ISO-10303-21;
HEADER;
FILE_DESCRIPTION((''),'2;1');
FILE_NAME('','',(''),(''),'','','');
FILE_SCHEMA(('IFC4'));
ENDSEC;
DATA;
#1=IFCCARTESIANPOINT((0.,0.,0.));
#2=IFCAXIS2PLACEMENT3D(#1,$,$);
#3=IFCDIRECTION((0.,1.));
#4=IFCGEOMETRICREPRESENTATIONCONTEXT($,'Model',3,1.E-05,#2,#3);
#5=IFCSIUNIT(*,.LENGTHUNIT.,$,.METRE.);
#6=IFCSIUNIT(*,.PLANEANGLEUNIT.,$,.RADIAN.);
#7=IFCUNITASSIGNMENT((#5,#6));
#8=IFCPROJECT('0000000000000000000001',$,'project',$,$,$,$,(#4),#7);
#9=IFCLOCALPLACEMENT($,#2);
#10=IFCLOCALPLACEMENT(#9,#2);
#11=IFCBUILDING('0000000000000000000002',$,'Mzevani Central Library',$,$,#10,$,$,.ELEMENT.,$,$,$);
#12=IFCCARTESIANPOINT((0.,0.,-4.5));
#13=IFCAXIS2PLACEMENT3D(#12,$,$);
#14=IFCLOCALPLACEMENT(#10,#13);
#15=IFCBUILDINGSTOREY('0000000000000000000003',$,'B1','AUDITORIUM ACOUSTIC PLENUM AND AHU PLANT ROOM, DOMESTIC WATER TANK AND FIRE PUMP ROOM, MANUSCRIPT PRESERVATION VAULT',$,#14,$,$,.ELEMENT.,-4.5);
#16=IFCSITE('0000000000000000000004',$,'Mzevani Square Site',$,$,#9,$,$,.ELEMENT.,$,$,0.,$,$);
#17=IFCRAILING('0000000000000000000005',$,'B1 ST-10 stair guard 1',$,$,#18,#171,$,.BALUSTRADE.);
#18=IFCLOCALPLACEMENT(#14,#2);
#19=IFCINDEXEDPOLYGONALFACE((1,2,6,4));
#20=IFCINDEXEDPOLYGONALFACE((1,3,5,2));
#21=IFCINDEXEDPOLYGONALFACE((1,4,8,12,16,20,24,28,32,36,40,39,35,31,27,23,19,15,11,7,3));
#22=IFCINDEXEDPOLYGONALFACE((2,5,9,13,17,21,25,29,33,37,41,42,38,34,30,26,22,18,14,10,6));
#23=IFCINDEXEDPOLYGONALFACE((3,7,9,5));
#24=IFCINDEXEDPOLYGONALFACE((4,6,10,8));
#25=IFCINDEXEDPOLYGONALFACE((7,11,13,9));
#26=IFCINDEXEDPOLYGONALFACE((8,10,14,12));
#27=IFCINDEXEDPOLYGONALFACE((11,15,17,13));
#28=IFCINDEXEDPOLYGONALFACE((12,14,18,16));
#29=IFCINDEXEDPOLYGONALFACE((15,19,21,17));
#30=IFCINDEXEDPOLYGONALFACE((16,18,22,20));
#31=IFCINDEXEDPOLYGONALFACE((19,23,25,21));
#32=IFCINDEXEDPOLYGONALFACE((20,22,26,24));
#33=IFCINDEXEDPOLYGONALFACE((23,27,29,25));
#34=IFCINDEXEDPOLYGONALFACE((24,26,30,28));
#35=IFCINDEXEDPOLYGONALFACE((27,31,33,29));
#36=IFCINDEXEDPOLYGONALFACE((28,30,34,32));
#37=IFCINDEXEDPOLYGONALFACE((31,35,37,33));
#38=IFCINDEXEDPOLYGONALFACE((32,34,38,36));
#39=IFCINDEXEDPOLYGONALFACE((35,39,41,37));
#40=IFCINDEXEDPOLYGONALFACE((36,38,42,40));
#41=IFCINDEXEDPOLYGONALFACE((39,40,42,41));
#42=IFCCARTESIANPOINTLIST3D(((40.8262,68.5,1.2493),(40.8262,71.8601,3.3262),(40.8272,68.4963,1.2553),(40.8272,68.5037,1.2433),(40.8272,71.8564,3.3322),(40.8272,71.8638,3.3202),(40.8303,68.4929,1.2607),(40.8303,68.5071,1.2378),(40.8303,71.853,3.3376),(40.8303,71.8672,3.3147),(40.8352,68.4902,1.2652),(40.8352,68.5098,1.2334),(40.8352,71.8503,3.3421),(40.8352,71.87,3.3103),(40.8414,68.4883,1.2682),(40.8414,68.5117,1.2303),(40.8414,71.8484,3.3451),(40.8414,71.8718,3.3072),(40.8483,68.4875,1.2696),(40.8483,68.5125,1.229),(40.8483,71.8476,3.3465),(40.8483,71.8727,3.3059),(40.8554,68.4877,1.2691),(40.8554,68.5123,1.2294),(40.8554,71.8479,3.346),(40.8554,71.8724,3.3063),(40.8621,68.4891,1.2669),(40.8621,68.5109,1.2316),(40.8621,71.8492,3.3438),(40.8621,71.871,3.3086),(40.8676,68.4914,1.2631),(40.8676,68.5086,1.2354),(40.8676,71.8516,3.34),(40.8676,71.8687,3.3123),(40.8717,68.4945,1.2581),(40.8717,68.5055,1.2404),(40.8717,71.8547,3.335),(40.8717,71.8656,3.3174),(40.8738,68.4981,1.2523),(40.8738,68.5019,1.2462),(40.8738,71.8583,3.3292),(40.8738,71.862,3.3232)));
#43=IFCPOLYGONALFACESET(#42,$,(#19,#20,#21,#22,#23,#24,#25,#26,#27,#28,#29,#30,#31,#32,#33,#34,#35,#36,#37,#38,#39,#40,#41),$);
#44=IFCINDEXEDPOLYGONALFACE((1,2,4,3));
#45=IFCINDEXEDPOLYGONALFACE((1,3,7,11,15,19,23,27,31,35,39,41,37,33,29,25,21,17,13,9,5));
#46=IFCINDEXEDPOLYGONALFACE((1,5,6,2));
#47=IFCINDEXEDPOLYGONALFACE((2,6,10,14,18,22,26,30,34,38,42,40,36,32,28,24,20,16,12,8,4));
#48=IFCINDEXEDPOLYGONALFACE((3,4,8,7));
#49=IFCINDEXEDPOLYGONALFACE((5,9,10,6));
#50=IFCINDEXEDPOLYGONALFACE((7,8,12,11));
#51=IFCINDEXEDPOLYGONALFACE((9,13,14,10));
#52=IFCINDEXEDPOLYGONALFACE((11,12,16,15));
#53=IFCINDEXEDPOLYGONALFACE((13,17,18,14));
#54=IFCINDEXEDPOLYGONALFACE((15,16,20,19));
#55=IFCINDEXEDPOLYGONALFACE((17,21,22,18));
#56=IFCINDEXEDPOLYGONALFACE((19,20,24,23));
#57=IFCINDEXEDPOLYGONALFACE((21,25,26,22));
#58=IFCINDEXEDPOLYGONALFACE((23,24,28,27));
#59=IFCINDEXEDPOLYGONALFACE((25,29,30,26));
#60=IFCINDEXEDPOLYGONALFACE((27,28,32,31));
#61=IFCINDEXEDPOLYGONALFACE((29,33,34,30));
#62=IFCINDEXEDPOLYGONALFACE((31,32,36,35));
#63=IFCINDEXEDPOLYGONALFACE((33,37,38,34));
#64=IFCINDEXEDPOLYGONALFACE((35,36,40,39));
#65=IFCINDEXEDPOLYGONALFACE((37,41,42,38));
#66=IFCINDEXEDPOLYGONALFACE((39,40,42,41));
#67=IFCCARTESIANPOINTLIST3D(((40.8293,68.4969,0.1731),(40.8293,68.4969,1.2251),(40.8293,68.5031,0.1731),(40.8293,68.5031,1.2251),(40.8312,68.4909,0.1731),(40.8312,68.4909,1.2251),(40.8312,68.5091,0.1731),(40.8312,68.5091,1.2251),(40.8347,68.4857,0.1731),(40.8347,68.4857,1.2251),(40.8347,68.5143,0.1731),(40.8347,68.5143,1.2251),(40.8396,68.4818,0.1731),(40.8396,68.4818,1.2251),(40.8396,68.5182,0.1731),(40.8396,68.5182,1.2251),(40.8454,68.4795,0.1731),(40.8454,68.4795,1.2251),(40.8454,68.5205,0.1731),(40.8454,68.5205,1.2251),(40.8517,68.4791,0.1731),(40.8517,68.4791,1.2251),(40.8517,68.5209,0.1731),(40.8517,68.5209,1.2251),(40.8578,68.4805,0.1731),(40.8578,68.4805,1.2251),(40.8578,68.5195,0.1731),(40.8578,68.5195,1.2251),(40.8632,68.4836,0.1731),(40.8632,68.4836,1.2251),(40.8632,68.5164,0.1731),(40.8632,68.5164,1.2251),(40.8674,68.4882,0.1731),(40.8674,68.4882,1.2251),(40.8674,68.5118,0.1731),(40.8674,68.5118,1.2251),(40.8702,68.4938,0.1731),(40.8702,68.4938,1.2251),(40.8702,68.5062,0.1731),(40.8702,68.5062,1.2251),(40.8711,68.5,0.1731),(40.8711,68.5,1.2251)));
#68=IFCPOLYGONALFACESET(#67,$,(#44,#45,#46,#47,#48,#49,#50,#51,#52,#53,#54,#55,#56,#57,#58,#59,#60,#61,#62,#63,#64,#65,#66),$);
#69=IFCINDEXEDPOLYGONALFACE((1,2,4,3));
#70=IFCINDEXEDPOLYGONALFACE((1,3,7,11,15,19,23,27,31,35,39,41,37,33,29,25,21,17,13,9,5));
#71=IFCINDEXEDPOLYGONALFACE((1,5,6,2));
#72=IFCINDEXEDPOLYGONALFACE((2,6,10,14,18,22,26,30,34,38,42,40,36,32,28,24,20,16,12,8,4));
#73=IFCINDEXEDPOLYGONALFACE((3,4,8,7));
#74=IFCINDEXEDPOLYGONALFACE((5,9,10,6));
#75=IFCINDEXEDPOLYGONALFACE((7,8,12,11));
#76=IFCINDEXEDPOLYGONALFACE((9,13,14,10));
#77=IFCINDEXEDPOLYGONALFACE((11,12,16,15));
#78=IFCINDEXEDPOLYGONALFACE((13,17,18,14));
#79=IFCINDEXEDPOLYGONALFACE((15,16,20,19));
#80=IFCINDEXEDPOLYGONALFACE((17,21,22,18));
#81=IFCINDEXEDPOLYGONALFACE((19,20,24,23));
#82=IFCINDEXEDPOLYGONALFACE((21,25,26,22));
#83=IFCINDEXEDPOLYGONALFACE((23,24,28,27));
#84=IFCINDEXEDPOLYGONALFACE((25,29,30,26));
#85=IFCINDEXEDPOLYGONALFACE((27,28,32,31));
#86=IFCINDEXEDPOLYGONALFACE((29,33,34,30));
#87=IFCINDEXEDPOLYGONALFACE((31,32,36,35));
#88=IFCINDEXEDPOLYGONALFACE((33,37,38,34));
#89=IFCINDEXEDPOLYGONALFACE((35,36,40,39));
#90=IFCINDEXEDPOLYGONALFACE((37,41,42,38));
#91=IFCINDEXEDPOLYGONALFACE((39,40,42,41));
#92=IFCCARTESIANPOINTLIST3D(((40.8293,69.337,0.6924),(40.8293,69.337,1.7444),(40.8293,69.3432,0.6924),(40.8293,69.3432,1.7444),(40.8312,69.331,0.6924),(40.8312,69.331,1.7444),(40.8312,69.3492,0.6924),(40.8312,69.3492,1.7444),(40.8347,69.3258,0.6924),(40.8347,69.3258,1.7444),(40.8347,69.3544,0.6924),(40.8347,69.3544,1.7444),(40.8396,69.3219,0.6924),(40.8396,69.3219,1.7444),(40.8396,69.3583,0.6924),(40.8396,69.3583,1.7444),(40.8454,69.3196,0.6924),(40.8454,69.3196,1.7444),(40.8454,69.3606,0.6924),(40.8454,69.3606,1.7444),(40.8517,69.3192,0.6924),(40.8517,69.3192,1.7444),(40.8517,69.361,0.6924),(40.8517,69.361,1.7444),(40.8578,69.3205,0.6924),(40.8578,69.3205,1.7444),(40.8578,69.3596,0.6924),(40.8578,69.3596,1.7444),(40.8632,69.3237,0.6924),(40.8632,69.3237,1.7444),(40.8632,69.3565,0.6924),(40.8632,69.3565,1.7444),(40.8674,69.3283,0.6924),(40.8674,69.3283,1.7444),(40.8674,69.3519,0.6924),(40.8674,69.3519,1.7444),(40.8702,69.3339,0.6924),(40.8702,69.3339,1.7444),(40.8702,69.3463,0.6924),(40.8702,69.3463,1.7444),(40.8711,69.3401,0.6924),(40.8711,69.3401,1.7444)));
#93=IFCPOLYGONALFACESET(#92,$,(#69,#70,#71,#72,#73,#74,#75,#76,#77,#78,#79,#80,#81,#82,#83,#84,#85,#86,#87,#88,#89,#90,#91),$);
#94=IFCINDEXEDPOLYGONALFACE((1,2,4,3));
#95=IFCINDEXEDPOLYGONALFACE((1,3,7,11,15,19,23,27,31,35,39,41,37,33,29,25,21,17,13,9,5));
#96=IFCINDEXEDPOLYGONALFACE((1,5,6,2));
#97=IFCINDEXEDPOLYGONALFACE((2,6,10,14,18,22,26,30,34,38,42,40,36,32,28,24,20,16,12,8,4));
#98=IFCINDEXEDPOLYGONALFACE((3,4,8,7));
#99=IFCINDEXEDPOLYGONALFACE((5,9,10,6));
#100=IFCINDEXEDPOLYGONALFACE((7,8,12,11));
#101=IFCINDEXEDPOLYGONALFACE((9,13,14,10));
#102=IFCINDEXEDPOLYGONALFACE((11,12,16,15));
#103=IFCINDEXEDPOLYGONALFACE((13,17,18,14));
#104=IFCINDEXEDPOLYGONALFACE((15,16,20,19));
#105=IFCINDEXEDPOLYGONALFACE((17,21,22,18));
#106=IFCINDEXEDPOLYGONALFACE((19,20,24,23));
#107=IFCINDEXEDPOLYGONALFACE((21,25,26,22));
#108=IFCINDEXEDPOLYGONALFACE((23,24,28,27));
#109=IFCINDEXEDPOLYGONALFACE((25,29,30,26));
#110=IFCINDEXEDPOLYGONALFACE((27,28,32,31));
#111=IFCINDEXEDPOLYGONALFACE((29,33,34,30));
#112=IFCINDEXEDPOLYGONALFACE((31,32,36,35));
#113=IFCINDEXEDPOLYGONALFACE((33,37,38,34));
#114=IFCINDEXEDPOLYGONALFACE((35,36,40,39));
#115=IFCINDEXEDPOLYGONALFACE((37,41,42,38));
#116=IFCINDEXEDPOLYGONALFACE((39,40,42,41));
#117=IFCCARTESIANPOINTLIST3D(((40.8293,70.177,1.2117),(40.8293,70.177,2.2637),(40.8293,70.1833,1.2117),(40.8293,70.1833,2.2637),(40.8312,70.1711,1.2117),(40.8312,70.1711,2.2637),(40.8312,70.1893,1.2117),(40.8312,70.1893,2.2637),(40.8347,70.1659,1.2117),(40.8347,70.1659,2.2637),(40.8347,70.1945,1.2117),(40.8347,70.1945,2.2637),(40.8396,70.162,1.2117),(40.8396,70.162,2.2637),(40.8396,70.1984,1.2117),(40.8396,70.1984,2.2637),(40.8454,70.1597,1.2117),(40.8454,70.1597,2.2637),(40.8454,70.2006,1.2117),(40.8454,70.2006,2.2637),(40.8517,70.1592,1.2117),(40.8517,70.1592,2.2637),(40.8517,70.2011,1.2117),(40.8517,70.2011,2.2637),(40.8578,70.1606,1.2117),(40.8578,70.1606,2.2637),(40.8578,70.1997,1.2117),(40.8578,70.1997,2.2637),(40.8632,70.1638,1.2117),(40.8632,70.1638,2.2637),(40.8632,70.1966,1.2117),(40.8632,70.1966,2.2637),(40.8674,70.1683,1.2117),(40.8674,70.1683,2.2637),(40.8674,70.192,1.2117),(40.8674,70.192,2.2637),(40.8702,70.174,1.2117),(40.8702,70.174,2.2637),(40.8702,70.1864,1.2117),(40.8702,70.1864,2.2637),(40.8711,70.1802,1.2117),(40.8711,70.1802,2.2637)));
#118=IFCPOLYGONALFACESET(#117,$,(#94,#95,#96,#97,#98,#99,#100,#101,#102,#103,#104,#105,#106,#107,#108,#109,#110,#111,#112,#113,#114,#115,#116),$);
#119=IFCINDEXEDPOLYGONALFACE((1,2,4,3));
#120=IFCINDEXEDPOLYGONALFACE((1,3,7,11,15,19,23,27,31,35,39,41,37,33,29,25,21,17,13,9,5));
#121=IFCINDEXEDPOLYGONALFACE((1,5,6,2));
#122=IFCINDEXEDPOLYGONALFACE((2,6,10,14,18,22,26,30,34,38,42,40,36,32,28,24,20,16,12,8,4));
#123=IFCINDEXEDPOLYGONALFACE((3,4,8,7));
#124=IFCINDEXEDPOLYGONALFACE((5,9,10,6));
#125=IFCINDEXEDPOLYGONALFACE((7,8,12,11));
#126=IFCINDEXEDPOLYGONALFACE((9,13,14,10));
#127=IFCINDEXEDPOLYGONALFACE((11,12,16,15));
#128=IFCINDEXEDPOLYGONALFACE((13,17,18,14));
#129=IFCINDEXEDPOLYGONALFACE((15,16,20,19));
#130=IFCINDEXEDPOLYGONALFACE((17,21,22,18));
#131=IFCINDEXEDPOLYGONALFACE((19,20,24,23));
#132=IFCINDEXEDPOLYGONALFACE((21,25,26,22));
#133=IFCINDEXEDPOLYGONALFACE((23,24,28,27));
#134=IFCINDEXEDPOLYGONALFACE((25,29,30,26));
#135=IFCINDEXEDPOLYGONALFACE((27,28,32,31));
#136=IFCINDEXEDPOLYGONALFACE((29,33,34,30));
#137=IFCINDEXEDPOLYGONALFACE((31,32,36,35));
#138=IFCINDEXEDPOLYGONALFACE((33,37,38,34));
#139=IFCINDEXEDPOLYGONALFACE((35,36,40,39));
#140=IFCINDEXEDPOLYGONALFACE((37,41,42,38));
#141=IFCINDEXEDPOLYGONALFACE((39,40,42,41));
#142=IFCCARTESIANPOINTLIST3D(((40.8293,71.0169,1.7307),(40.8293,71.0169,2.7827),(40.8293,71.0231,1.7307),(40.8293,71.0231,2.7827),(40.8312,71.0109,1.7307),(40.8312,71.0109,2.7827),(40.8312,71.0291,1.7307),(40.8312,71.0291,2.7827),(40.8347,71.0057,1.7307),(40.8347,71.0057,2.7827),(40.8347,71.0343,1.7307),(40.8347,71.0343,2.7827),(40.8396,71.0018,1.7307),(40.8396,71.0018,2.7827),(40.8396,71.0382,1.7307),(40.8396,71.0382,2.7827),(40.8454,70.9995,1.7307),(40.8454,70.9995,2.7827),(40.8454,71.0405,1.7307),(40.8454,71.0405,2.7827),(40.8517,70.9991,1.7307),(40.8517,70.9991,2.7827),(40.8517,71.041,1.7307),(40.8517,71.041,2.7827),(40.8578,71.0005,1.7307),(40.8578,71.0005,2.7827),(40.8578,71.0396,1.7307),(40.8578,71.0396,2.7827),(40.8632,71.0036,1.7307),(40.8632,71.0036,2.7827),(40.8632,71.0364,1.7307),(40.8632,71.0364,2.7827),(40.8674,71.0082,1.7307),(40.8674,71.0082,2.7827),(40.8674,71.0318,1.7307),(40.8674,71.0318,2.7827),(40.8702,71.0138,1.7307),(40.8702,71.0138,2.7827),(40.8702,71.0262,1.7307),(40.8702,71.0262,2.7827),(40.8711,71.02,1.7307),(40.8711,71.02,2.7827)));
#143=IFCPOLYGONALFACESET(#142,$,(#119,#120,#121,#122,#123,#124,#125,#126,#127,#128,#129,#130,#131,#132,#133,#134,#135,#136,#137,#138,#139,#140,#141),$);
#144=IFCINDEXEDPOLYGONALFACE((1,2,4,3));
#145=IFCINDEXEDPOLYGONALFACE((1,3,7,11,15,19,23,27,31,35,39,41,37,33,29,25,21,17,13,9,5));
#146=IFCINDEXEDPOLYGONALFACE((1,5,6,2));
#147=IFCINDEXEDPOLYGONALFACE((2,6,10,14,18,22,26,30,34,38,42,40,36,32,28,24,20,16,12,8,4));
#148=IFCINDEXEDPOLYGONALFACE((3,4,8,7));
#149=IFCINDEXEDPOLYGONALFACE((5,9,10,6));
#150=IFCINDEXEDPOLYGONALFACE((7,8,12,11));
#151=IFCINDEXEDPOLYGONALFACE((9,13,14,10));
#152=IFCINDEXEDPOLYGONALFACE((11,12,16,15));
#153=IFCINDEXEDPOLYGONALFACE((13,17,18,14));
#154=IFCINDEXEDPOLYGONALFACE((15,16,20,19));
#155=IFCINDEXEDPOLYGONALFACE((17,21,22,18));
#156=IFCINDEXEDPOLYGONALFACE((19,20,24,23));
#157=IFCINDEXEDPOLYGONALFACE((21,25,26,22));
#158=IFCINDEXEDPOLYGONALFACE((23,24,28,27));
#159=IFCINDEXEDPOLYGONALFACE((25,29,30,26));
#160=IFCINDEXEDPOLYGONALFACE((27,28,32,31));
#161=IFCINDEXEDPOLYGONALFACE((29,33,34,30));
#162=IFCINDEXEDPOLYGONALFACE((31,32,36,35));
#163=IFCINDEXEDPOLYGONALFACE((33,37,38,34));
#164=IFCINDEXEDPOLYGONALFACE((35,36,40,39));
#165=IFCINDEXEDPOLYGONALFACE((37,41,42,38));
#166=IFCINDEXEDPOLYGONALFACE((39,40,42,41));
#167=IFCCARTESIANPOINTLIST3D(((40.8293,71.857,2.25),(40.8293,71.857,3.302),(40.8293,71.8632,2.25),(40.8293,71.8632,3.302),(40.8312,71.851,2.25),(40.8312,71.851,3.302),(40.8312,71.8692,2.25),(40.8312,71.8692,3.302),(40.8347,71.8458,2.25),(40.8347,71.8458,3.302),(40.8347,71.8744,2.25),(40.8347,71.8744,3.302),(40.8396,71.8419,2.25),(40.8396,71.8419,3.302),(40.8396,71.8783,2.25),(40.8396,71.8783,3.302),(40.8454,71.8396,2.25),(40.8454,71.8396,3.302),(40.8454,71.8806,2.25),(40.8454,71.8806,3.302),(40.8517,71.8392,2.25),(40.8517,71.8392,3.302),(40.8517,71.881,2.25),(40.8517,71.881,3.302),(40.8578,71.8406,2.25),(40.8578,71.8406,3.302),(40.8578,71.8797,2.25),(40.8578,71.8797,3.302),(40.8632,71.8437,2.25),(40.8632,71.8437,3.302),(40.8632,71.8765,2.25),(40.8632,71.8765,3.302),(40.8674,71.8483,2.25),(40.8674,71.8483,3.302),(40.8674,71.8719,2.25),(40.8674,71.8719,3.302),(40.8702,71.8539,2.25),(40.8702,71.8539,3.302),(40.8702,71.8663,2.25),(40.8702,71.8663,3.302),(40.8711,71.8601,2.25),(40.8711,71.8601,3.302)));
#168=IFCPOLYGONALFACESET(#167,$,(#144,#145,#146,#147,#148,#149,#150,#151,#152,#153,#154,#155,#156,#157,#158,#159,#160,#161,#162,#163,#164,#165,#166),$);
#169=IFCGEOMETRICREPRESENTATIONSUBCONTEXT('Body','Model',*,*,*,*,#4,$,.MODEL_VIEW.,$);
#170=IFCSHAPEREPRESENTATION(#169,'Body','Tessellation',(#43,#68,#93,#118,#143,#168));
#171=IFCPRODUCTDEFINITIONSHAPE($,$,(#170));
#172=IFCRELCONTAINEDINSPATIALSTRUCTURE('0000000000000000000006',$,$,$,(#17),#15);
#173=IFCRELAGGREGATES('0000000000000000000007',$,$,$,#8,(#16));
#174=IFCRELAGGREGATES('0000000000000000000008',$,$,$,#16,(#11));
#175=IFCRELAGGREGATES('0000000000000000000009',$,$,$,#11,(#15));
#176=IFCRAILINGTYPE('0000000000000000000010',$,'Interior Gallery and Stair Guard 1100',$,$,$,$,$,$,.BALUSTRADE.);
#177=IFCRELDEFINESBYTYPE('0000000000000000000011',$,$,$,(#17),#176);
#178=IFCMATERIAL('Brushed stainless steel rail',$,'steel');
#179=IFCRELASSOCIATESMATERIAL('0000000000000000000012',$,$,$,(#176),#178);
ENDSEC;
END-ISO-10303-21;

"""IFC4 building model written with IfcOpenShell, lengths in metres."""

from ifc_helpers import new_model, si_unit, direction, frame, origin, origin_2d, place, context, subcontext, project, spatial, circle, extrude, material, type_object, element, save


model = new_model("IFC4")

# Units and contexts
model_context = context("Model", 3, precision=1e-05, world=origin(), true_north=direction((0.0, 1.0)))
body_context = subcontext(model_context, "Body", "Model", "MODEL_VIEW")
ifc_project = project(units=[si_unit("LENGTHUNIT", "METRE"), si_unit("PLANEANGLEUNIT", "RADIAN")], contexts=[model_context])

# Site, building, storey
site_placement = place(None, origin())
site = spatial("IfcSite", under=ifc_project, at=site_placement, Name="Mzevani Square Site", CompositionType="ELEMENT", RefElevation=0.0)
building_placement = place(site_placement, origin())
building = spatial("IfcBuilding", under=site, at=building_placement, Name="Mzevani Central Library", CompositionType="ELEMENT")
storey_placement = place(building_placement, frame((0.0, 0.0, -4.5)))
storey = spatial("IfcBuildingStorey", under=building, at=storey_placement, Name="B1", Description="AUDITORIUM ACOUSTIC PLENUM AND AHU PLANT ROOM, DOMESTIC WATER TANK AND FIRE PUMP ROOM, MANUSCRIPT PRESERVATION VAULT", CompositionType="ELEMENT", Elevation=-4.5)

# Railing
ifc_material_1 = material(Name="Brushed stainless steel rail", Category="steel")
railing_type_1 = type_object("IfcRailingType", Name="Interior Gallery and Stair Guard 1100", PredefinedType="BALUSTRADE", material=ifc_material_1)
railing_1_placement = place(storey_placement, frame((40.8501, 68.5, 0.1731)))
element("IfcRailing", 1, at=railing_1_placement, inside=storey, type_object=railing_type_1, Name="B1 ST-10 stair guard 1", PredefinedType="BALUSTRADE", context=body_context, shape_type="SweptSolid", body=[
    extrude(circle(Radius=0.0239, at=origin_2d()), frame((0.0, 0.0, 1.0762), z_axis=(0.0, 0.850623, 0.525776), x_axis=(-1.0, 0.0, 0.0)), (0.0, 0.0, 1.0), 3.9502),
    extrude(circle(Radius=0.021, at=origin_2d()), origin(), (0.0, 0.0, 1.0), 1.052),
    extrude(circle(Radius=0.021, at=origin_2d()), frame((0.0, 0.8401, 0.5193)), (0.0, 0.0, 1.0), 1.052),
    extrude(circle(Radius=0.021, at=origin_2d()), frame((0.0, 1.6802, 1.0386)), (0.0, 0.0, 1.0), 1.052),
    extrude(circle(Radius=0.021, at=origin_2d()), frame((0.0, 2.52, 1.5576)), (0.0, 0.0, 1.0), 1.052),
    extrude(circle(Radius=0.021, at=origin_2d()), frame((0.0, 3.3601, 2.0769)), (0.0, 0.0, 1.0), 1.052),
])

save(model, "model.ifc")
